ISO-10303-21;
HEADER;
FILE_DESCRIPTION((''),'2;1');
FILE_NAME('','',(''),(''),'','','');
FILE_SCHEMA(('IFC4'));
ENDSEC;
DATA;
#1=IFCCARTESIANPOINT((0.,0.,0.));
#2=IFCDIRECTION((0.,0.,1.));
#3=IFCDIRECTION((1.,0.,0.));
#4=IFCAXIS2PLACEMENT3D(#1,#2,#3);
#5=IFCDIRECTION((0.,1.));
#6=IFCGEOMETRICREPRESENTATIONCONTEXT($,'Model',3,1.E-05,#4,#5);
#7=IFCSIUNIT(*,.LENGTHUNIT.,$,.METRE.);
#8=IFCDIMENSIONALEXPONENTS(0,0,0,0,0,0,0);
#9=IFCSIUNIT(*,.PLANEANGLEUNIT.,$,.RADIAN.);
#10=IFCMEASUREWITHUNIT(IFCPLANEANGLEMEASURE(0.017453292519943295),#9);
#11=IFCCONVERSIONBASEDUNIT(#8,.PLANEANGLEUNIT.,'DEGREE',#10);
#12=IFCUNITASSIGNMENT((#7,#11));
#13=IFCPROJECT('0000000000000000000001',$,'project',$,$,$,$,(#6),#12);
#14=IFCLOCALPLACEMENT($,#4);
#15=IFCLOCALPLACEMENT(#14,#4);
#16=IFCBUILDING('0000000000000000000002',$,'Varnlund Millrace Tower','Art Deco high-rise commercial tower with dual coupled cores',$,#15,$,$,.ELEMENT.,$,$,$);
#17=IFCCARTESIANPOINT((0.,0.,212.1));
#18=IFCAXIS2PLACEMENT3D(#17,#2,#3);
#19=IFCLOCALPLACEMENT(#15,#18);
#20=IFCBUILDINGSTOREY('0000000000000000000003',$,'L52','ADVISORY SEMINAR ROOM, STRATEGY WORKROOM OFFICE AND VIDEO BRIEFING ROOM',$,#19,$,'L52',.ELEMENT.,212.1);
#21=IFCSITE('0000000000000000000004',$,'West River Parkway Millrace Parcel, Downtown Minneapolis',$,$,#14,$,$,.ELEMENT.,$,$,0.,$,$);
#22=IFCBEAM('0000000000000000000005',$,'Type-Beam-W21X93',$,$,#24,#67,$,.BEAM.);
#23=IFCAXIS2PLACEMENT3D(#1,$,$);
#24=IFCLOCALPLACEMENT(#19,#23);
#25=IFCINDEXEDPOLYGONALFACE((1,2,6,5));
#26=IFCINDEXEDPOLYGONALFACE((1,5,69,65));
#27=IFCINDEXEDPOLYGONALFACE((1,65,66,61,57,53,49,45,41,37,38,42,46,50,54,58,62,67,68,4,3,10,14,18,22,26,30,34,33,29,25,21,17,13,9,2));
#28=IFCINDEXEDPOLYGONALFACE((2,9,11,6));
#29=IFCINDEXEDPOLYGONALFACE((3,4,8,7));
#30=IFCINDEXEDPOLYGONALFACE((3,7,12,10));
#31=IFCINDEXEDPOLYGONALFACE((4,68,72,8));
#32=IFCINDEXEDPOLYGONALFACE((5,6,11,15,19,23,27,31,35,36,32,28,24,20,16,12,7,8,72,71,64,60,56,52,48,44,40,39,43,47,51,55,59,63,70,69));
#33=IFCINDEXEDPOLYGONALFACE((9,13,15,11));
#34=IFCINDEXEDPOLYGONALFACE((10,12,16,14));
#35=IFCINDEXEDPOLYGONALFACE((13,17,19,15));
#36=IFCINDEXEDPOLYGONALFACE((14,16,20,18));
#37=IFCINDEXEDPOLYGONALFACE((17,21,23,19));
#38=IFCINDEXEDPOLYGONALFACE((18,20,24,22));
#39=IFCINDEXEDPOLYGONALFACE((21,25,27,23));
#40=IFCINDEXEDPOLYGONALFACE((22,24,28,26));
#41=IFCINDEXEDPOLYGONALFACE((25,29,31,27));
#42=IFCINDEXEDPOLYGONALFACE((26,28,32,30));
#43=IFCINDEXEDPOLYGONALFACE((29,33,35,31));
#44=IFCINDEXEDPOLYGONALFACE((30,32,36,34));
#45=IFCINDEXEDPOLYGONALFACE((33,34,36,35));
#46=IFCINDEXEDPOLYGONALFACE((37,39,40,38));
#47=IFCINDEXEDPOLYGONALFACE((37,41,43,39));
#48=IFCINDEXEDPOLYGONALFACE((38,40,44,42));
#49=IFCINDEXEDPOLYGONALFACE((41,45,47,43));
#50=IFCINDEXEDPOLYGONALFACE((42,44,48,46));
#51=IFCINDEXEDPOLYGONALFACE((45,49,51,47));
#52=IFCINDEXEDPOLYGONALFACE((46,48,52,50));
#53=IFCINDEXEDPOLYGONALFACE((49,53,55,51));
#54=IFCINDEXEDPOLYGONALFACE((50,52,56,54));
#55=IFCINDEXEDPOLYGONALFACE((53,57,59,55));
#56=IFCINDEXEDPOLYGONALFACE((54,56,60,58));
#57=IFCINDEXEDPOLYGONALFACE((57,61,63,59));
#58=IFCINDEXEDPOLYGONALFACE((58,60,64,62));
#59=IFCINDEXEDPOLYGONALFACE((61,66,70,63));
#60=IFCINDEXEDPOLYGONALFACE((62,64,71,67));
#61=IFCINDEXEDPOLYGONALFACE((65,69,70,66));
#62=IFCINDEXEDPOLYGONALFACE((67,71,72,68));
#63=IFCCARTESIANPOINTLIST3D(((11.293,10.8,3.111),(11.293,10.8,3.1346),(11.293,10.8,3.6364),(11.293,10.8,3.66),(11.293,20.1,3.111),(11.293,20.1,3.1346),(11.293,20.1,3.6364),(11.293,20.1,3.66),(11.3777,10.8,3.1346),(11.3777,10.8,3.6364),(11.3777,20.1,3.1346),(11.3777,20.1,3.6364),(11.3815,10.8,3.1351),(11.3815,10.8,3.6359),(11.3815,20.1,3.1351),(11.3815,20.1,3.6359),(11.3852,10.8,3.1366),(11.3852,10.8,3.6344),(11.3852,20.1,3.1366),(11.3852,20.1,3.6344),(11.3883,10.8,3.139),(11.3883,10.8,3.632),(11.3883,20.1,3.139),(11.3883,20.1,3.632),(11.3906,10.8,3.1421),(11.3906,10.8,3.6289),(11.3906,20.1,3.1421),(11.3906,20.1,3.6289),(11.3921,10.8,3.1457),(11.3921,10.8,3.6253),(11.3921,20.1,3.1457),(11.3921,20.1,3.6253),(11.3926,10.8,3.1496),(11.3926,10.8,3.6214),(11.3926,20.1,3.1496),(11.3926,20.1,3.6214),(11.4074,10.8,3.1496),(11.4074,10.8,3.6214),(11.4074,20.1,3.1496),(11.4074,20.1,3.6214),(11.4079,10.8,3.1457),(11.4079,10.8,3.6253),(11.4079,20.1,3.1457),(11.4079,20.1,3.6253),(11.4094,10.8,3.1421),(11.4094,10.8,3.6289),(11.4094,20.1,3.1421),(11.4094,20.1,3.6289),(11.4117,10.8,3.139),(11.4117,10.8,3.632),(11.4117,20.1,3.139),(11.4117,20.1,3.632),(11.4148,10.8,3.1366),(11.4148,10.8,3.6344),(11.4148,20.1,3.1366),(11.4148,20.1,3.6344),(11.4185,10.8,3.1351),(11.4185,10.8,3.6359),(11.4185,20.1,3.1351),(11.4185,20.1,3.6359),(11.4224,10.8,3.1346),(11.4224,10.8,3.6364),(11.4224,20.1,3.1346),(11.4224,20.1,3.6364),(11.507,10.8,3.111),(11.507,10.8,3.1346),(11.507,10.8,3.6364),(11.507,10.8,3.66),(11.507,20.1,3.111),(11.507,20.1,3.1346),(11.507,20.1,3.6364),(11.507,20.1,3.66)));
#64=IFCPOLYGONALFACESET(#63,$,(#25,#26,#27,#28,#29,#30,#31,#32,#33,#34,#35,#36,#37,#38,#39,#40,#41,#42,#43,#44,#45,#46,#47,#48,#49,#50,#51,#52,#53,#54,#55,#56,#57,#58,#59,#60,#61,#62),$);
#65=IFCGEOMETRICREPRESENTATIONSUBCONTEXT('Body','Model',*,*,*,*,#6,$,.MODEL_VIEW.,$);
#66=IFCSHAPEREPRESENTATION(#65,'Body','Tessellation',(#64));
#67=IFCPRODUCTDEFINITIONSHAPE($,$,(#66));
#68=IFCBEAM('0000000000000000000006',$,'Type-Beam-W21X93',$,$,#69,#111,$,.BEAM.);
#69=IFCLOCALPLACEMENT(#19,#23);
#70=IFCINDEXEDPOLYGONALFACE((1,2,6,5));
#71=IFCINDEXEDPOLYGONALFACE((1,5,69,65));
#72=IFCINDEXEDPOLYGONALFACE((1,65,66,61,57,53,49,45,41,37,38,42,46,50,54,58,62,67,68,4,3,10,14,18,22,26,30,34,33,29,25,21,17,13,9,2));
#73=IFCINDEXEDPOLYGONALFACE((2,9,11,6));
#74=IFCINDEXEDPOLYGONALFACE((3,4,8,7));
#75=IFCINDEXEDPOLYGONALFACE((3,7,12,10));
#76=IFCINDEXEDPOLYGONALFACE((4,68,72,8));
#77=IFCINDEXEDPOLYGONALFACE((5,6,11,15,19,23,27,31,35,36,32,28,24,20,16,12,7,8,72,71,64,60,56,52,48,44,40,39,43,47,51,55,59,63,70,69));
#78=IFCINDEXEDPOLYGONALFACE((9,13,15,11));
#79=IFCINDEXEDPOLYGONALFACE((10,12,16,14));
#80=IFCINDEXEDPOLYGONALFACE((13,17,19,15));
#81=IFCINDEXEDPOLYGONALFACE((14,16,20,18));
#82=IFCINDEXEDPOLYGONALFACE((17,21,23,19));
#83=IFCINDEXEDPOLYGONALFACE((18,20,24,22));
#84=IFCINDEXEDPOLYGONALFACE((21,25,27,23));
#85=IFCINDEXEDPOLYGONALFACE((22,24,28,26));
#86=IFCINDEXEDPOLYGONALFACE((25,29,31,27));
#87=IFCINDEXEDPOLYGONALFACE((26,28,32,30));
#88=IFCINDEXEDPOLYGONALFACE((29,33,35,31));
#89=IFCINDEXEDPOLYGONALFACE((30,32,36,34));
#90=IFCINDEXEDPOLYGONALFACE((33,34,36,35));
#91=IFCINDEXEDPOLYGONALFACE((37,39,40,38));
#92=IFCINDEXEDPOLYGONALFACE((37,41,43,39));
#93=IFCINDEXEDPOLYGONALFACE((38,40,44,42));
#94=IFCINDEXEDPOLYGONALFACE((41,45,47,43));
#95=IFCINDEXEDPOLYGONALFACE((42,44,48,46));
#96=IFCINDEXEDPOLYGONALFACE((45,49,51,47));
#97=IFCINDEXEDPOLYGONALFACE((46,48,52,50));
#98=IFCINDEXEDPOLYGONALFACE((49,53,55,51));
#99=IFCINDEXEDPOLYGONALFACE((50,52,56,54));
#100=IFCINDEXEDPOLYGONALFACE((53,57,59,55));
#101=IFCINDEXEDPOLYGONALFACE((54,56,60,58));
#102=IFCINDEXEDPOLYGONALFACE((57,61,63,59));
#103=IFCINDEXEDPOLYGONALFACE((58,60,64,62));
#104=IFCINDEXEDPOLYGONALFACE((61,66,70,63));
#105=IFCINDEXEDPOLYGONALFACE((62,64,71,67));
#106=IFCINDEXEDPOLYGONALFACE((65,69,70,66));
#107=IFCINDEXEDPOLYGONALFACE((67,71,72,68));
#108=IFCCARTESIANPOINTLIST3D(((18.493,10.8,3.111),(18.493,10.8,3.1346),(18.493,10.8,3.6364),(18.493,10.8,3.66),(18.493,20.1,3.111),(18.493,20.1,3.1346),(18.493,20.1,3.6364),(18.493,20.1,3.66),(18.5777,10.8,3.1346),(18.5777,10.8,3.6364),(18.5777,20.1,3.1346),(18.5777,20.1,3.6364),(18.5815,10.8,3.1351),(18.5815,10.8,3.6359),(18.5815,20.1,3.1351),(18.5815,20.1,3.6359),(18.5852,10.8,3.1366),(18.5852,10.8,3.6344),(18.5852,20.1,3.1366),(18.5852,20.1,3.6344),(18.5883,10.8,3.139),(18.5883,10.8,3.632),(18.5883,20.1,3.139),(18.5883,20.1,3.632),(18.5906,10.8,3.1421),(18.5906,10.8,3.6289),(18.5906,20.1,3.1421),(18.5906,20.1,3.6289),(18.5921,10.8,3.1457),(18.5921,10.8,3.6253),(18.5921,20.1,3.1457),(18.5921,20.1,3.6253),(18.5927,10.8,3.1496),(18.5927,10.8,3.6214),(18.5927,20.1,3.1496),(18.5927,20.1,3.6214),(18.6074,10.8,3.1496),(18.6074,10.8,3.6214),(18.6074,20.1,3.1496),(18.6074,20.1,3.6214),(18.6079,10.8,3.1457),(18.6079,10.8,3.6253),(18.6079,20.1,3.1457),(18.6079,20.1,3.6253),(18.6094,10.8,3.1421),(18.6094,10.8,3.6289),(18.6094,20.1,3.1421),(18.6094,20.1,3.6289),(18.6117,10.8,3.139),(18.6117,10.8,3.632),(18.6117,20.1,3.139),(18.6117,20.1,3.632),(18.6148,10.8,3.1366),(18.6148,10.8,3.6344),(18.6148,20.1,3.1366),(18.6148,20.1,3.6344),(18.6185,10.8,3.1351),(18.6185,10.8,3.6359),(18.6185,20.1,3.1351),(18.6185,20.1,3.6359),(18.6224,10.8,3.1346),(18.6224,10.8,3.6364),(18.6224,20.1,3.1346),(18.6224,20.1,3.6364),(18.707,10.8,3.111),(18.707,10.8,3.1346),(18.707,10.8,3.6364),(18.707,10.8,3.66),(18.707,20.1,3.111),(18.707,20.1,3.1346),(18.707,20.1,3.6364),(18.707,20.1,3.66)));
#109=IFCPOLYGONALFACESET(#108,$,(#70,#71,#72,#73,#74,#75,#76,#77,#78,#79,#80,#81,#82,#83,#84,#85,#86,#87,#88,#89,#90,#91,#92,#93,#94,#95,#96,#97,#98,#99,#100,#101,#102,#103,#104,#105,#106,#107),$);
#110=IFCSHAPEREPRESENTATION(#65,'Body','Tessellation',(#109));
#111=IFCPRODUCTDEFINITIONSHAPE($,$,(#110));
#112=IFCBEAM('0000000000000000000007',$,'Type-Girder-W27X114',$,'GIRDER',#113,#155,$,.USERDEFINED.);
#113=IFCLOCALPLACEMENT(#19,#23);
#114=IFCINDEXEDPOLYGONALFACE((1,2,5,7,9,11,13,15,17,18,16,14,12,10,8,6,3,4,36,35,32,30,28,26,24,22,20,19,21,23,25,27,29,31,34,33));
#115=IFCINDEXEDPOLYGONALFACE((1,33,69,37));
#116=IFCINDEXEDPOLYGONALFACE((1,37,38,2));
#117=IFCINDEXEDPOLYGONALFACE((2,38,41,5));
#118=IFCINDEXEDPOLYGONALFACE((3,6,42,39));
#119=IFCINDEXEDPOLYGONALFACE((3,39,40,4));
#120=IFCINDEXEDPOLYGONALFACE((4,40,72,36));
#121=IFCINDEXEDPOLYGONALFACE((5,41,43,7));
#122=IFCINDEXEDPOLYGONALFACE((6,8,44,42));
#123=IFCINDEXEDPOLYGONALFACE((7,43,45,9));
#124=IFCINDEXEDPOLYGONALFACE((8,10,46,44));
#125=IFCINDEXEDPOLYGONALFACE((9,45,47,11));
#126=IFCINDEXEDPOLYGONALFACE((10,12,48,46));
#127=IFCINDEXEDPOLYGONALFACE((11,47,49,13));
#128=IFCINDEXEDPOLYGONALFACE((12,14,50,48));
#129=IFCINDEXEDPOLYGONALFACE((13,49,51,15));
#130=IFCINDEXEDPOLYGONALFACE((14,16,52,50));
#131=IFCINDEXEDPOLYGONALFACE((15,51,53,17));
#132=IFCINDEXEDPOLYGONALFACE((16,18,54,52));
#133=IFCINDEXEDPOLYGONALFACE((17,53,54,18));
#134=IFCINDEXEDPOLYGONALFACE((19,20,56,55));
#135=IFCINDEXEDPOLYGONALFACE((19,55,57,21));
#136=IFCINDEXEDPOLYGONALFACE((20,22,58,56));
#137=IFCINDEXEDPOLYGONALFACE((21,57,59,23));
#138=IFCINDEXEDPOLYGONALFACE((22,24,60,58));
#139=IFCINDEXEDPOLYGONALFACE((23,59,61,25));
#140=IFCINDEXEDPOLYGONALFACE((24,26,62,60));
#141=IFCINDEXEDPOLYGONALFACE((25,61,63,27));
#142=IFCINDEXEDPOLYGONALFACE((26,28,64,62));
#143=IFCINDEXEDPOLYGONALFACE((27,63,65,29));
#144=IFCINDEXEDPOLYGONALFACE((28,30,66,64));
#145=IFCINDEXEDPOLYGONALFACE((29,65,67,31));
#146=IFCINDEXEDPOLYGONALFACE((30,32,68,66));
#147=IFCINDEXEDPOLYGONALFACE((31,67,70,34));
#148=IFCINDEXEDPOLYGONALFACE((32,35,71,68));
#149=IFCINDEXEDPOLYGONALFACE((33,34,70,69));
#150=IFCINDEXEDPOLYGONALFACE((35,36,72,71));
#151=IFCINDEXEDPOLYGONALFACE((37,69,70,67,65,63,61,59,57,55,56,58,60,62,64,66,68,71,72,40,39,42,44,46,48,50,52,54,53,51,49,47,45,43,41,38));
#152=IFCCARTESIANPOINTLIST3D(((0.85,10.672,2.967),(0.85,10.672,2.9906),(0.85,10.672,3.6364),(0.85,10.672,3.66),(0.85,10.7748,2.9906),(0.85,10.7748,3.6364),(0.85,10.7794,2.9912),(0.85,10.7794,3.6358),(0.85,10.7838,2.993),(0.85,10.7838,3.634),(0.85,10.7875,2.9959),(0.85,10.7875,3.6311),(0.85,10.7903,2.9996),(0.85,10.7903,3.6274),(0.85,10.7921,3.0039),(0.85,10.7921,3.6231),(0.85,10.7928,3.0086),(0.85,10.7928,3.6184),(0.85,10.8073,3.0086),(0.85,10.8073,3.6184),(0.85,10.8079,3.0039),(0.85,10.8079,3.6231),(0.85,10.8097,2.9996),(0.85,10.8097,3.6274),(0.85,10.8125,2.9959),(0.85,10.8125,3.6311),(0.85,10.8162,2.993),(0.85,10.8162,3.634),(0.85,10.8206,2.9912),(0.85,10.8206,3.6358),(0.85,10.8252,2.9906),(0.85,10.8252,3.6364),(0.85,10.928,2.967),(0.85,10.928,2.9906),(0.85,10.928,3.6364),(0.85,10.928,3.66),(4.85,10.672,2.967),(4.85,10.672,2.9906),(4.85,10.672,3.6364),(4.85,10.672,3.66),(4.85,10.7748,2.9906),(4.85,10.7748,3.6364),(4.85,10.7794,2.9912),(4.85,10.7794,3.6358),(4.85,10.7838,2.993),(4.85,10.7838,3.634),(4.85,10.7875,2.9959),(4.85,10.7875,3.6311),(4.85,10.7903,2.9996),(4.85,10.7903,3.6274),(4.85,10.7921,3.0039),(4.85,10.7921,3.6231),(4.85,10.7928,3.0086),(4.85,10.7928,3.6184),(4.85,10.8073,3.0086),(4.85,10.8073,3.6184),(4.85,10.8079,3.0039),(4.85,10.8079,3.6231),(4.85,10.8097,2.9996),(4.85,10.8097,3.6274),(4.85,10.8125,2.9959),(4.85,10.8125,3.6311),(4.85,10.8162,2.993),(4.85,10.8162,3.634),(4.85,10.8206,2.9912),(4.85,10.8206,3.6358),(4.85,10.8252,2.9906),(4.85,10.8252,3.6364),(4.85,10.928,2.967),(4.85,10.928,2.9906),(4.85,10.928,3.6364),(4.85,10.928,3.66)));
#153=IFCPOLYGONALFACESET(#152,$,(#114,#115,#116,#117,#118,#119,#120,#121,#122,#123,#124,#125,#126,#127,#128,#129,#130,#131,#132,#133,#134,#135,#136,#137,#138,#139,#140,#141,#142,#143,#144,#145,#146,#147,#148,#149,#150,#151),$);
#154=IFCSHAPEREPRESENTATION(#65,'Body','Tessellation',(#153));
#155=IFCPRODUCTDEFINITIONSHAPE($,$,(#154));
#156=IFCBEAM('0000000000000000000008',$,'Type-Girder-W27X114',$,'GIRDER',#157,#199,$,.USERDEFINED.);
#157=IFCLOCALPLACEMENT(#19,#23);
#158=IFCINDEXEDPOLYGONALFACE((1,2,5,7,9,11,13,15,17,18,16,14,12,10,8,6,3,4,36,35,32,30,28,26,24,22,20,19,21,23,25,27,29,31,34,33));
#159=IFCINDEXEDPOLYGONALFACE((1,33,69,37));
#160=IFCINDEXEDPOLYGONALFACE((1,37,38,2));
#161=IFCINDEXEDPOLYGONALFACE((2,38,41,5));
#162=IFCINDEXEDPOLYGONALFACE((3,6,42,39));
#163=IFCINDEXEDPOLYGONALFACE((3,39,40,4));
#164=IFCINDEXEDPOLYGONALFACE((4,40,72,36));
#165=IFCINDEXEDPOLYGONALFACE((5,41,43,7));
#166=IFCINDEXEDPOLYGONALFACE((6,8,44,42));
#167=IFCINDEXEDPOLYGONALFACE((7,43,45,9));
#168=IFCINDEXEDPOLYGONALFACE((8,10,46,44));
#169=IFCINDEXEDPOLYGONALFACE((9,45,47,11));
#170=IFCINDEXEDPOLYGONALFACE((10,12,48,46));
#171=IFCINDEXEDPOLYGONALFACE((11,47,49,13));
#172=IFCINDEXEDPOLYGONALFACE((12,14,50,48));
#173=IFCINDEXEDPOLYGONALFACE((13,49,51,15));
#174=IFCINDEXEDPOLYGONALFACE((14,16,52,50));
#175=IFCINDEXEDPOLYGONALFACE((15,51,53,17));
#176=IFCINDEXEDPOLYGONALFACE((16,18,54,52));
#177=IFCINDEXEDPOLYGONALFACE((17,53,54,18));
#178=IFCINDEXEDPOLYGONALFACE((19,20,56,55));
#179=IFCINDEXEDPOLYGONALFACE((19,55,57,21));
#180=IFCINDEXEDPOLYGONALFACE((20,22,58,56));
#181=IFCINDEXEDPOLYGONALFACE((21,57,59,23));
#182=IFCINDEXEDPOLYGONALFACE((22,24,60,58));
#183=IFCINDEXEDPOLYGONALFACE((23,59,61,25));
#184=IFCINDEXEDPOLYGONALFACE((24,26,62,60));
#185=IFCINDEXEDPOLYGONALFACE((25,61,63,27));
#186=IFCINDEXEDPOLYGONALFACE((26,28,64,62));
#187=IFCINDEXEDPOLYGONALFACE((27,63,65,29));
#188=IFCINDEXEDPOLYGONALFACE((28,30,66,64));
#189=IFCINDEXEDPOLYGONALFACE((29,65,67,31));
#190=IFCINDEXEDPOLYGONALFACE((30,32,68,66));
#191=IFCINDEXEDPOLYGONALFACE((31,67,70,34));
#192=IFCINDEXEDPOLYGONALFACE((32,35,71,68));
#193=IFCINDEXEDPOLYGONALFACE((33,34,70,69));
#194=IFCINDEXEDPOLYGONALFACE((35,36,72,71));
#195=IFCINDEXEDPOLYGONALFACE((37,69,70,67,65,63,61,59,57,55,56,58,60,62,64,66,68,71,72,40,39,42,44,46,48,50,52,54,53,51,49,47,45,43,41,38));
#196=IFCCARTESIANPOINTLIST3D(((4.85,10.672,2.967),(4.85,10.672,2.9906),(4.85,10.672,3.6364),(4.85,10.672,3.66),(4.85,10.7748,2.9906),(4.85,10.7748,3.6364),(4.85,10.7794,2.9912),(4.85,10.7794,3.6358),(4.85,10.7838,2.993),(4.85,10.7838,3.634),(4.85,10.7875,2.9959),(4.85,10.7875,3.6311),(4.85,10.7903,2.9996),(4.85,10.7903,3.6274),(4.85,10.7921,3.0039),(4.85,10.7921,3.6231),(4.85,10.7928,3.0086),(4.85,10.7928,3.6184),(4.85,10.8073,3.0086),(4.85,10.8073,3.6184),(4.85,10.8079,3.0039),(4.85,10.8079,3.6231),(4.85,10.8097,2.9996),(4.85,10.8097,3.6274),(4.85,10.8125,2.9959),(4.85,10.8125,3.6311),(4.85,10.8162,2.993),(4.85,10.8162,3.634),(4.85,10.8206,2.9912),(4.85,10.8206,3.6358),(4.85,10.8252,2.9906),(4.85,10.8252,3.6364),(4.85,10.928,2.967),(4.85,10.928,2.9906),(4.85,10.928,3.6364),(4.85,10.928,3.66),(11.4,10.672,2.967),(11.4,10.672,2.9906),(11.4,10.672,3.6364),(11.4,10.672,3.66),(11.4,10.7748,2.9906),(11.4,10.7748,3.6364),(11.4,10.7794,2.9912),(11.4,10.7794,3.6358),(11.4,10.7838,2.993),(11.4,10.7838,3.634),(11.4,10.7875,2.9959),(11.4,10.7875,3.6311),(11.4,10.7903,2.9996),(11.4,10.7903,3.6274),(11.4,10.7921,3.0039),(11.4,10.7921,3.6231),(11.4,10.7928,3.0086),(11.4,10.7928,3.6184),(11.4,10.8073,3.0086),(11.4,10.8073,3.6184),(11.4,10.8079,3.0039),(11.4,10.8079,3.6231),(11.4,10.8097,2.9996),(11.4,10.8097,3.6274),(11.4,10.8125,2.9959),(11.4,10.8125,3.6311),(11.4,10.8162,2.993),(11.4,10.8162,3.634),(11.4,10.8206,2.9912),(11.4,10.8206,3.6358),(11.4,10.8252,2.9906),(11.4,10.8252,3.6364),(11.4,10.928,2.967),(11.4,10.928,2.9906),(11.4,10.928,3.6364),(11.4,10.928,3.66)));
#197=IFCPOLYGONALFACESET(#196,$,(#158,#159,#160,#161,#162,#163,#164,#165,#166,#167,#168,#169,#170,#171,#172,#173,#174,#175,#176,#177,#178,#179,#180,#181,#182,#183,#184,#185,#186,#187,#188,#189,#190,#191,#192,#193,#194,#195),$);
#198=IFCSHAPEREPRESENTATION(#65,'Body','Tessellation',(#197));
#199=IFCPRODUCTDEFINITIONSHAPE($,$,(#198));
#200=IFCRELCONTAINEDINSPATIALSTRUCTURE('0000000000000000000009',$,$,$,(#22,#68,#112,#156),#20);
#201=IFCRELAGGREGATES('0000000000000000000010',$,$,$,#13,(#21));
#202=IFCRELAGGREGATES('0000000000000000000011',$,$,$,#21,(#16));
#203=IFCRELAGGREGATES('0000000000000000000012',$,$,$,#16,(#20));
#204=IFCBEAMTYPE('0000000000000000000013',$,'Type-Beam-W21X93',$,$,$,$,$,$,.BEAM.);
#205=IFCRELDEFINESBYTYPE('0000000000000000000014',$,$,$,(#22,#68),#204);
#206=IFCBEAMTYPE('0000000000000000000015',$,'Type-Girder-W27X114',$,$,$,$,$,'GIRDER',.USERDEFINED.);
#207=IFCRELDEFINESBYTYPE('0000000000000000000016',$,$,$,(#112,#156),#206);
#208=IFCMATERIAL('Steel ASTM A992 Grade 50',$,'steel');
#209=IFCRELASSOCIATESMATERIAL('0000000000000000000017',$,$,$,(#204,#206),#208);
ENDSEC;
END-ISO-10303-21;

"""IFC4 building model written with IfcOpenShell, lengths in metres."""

from ifc_helpers import new_model, entity, si_unit, converted_unit, direction, frame, origin_with_axes, origin_2d_with_axis, place, context, subcontext, project, spatial, i_section, extrude, material, material_profile, profile_set, type_object, element, save


model = new_model("IFC4")

# Units and contexts
model_context = context("Model", 3, precision=1e-05, world=origin_with_axes(), true_north=direction((0.0, 1.0)))
body_context = subcontext(model_context, "Body", "Model", "MODEL_VIEW")
ifc_project = project(units=[si_unit("LENGTHUNIT", "METRE"), converted_unit("PLANEANGLEUNIT", "DEGREE", entity("IfcPlaneAngleMeasure", 0.017453292519943295), si_unit("PLANEANGLEUNIT", "RADIAN"), dimensions=[0, 0, 0, 0, 0, 0, 0])], contexts=[model_context])

# Site, building, storey
site_placement = place(None, origin_with_axes())
site = spatial("IfcSite", under=ifc_project, at=site_placement, Name="West River Parkway Millrace Parcel, Downtown Minneapolis", CompositionType="ELEMENT", RefElevation=0.0)
building_placement = place(site_placement, origin_with_axes())
building = spatial("IfcBuilding", under=site, at=building_placement, Name="Varnlund Millrace Tower", Description="Art Deco high-rise commercial tower with dual coupled cores", CompositionType="ELEMENT")
storey_placement = place(building_placement, frame((0.0, 0.0, 212.1), z_axis=(0.0, 0.0, 1.0), x_axis=(1.0, 0.0, 0.0)))
storey = spatial("IfcBuildingStorey", under=building, at=storey_placement, Name="L52", Description="ADVISORY SEMINAR ROOM, STRATEGY WORKROOM OFFICE AND VIDEO BRIEFING ROOM", LongName="L52", CompositionType="ELEMENT", Elevation=212.1)

# Beams
ifc_material_1 = material(Name="Steel ASTM A992 Grade 50", Category="steel")
ifc_material_profile_1 = material_profile(ifc_material_1, i_section(OverallWidth=0.214, OverallDepth=0.549, WebThickness=0.0147, FlangeThickness=0.0236, FilletRadius=0.015, at=origin_2d_with_axis()), Name="Steel ASTM A992 Grade 50")
ifc_profile_set_1 = profile_set([ifc_material_profile_1], Name="Steel ASTM A992 Grade 50")
beam_type_1 = type_object("IfcBeamType", Name="Type-Beam-W21X93", PredefinedType="BEAM", material=ifc_profile_set_1)
for number, where, z_axis, x_axis, name in (
    (1, (11.4, 10.8, 3.3855), (0.0, 1.0, 0.0), (-1.0, 0.0, 0.0), "Type-Beam-W21X93"),
    (2, (18.6, 10.8, 3.3855), (0.0, 1.0, 0.0), (-1.0, 0.0, 0.0), "Type-Beam-W21X93"),
):
    element("IfcBeam", number, at=place(storey_placement, frame(where, z_axis=z_axis, x_axis=x_axis)), inside=storey, type_object=beam_type_1, Name=name, PredefinedType="BEAM", context=body_context, shape_type="SweptSolid", body=[
        extrude(i_section(OverallWidth=0.214, OverallDepth=0.549, WebThickness=0.0147, FlangeThickness=0.0236, FilletRadius=0.015, at=origin_2d_with_axis()), origin_with_axes(), (0.0, 0.0, 1.0), 9.3),
    ])
ifc_material_profile_2 = material_profile(ifc_material_1, i_section(OverallWidth=0.256, OverallDepth=0.693, WebThickness=0.0145, FlangeThickness=0.0236, FilletRadius=0.018, at=origin_2d_with_axis()), Name="Steel ASTM A992 Grade 50")
ifc_profile_set_2 = profile_set([ifc_material_profile_2], Name="Steel ASTM A992 Grade 50")
beam_type_2 = type_object("IfcBeamType", Name="Type-Girder-W27X114", ElementType="GIRDER", PredefinedType="USERDEFINED", material=ifc_profile_set_2)
beam_1_placement = place(storey_placement, frame((0.85, 10.8, 3.3135), z_axis=(1.0, 0.0, 0.0), x_axis=(0.0, 1.0, 0.0)))
element("IfcBeam", 3, at=beam_1_placement, inside=storey, type_object=beam_type_2, Name="Type-Girder-W27X114", ObjectType="GIRDER", PredefinedType="USERDEFINED", context=body_context, shape_type="SweptSolid", body=[
    extrude(i_section(OverallWidth=0.256, OverallDepth=0.693, WebThickness=0.0145, FlangeThickness=0.0236, FilletRadius=0.018, at=origin_2d_with_axis()), origin_with_axes(), (0.0, 0.0, 1.0), 4.0),
])
beam_2_placement = place(storey_placement, frame((4.85, 10.8, 3.3135), z_axis=(1.0, 0.0, 0.0), x_axis=(0.0, 1.0, 0.0)))
element("IfcBeam", 4, at=beam_2_placement, inside=storey, type_object=beam_type_2, Name="Type-Girder-W27X114", ObjectType="GIRDER", PredefinedType="USERDEFINED", context=body_context, shape_type="SweptSolid", body=[
    extrude(i_section(OverallWidth=0.256, OverallDepth=0.693, WebThickness=0.0145, FlangeThickness=0.0236, FilletRadius=0.018, at=origin_2d_with_axis()), origin_with_axes(), (0.0, 0.0, 1.0), 6.55),
])

save(model, "model.ifc")
